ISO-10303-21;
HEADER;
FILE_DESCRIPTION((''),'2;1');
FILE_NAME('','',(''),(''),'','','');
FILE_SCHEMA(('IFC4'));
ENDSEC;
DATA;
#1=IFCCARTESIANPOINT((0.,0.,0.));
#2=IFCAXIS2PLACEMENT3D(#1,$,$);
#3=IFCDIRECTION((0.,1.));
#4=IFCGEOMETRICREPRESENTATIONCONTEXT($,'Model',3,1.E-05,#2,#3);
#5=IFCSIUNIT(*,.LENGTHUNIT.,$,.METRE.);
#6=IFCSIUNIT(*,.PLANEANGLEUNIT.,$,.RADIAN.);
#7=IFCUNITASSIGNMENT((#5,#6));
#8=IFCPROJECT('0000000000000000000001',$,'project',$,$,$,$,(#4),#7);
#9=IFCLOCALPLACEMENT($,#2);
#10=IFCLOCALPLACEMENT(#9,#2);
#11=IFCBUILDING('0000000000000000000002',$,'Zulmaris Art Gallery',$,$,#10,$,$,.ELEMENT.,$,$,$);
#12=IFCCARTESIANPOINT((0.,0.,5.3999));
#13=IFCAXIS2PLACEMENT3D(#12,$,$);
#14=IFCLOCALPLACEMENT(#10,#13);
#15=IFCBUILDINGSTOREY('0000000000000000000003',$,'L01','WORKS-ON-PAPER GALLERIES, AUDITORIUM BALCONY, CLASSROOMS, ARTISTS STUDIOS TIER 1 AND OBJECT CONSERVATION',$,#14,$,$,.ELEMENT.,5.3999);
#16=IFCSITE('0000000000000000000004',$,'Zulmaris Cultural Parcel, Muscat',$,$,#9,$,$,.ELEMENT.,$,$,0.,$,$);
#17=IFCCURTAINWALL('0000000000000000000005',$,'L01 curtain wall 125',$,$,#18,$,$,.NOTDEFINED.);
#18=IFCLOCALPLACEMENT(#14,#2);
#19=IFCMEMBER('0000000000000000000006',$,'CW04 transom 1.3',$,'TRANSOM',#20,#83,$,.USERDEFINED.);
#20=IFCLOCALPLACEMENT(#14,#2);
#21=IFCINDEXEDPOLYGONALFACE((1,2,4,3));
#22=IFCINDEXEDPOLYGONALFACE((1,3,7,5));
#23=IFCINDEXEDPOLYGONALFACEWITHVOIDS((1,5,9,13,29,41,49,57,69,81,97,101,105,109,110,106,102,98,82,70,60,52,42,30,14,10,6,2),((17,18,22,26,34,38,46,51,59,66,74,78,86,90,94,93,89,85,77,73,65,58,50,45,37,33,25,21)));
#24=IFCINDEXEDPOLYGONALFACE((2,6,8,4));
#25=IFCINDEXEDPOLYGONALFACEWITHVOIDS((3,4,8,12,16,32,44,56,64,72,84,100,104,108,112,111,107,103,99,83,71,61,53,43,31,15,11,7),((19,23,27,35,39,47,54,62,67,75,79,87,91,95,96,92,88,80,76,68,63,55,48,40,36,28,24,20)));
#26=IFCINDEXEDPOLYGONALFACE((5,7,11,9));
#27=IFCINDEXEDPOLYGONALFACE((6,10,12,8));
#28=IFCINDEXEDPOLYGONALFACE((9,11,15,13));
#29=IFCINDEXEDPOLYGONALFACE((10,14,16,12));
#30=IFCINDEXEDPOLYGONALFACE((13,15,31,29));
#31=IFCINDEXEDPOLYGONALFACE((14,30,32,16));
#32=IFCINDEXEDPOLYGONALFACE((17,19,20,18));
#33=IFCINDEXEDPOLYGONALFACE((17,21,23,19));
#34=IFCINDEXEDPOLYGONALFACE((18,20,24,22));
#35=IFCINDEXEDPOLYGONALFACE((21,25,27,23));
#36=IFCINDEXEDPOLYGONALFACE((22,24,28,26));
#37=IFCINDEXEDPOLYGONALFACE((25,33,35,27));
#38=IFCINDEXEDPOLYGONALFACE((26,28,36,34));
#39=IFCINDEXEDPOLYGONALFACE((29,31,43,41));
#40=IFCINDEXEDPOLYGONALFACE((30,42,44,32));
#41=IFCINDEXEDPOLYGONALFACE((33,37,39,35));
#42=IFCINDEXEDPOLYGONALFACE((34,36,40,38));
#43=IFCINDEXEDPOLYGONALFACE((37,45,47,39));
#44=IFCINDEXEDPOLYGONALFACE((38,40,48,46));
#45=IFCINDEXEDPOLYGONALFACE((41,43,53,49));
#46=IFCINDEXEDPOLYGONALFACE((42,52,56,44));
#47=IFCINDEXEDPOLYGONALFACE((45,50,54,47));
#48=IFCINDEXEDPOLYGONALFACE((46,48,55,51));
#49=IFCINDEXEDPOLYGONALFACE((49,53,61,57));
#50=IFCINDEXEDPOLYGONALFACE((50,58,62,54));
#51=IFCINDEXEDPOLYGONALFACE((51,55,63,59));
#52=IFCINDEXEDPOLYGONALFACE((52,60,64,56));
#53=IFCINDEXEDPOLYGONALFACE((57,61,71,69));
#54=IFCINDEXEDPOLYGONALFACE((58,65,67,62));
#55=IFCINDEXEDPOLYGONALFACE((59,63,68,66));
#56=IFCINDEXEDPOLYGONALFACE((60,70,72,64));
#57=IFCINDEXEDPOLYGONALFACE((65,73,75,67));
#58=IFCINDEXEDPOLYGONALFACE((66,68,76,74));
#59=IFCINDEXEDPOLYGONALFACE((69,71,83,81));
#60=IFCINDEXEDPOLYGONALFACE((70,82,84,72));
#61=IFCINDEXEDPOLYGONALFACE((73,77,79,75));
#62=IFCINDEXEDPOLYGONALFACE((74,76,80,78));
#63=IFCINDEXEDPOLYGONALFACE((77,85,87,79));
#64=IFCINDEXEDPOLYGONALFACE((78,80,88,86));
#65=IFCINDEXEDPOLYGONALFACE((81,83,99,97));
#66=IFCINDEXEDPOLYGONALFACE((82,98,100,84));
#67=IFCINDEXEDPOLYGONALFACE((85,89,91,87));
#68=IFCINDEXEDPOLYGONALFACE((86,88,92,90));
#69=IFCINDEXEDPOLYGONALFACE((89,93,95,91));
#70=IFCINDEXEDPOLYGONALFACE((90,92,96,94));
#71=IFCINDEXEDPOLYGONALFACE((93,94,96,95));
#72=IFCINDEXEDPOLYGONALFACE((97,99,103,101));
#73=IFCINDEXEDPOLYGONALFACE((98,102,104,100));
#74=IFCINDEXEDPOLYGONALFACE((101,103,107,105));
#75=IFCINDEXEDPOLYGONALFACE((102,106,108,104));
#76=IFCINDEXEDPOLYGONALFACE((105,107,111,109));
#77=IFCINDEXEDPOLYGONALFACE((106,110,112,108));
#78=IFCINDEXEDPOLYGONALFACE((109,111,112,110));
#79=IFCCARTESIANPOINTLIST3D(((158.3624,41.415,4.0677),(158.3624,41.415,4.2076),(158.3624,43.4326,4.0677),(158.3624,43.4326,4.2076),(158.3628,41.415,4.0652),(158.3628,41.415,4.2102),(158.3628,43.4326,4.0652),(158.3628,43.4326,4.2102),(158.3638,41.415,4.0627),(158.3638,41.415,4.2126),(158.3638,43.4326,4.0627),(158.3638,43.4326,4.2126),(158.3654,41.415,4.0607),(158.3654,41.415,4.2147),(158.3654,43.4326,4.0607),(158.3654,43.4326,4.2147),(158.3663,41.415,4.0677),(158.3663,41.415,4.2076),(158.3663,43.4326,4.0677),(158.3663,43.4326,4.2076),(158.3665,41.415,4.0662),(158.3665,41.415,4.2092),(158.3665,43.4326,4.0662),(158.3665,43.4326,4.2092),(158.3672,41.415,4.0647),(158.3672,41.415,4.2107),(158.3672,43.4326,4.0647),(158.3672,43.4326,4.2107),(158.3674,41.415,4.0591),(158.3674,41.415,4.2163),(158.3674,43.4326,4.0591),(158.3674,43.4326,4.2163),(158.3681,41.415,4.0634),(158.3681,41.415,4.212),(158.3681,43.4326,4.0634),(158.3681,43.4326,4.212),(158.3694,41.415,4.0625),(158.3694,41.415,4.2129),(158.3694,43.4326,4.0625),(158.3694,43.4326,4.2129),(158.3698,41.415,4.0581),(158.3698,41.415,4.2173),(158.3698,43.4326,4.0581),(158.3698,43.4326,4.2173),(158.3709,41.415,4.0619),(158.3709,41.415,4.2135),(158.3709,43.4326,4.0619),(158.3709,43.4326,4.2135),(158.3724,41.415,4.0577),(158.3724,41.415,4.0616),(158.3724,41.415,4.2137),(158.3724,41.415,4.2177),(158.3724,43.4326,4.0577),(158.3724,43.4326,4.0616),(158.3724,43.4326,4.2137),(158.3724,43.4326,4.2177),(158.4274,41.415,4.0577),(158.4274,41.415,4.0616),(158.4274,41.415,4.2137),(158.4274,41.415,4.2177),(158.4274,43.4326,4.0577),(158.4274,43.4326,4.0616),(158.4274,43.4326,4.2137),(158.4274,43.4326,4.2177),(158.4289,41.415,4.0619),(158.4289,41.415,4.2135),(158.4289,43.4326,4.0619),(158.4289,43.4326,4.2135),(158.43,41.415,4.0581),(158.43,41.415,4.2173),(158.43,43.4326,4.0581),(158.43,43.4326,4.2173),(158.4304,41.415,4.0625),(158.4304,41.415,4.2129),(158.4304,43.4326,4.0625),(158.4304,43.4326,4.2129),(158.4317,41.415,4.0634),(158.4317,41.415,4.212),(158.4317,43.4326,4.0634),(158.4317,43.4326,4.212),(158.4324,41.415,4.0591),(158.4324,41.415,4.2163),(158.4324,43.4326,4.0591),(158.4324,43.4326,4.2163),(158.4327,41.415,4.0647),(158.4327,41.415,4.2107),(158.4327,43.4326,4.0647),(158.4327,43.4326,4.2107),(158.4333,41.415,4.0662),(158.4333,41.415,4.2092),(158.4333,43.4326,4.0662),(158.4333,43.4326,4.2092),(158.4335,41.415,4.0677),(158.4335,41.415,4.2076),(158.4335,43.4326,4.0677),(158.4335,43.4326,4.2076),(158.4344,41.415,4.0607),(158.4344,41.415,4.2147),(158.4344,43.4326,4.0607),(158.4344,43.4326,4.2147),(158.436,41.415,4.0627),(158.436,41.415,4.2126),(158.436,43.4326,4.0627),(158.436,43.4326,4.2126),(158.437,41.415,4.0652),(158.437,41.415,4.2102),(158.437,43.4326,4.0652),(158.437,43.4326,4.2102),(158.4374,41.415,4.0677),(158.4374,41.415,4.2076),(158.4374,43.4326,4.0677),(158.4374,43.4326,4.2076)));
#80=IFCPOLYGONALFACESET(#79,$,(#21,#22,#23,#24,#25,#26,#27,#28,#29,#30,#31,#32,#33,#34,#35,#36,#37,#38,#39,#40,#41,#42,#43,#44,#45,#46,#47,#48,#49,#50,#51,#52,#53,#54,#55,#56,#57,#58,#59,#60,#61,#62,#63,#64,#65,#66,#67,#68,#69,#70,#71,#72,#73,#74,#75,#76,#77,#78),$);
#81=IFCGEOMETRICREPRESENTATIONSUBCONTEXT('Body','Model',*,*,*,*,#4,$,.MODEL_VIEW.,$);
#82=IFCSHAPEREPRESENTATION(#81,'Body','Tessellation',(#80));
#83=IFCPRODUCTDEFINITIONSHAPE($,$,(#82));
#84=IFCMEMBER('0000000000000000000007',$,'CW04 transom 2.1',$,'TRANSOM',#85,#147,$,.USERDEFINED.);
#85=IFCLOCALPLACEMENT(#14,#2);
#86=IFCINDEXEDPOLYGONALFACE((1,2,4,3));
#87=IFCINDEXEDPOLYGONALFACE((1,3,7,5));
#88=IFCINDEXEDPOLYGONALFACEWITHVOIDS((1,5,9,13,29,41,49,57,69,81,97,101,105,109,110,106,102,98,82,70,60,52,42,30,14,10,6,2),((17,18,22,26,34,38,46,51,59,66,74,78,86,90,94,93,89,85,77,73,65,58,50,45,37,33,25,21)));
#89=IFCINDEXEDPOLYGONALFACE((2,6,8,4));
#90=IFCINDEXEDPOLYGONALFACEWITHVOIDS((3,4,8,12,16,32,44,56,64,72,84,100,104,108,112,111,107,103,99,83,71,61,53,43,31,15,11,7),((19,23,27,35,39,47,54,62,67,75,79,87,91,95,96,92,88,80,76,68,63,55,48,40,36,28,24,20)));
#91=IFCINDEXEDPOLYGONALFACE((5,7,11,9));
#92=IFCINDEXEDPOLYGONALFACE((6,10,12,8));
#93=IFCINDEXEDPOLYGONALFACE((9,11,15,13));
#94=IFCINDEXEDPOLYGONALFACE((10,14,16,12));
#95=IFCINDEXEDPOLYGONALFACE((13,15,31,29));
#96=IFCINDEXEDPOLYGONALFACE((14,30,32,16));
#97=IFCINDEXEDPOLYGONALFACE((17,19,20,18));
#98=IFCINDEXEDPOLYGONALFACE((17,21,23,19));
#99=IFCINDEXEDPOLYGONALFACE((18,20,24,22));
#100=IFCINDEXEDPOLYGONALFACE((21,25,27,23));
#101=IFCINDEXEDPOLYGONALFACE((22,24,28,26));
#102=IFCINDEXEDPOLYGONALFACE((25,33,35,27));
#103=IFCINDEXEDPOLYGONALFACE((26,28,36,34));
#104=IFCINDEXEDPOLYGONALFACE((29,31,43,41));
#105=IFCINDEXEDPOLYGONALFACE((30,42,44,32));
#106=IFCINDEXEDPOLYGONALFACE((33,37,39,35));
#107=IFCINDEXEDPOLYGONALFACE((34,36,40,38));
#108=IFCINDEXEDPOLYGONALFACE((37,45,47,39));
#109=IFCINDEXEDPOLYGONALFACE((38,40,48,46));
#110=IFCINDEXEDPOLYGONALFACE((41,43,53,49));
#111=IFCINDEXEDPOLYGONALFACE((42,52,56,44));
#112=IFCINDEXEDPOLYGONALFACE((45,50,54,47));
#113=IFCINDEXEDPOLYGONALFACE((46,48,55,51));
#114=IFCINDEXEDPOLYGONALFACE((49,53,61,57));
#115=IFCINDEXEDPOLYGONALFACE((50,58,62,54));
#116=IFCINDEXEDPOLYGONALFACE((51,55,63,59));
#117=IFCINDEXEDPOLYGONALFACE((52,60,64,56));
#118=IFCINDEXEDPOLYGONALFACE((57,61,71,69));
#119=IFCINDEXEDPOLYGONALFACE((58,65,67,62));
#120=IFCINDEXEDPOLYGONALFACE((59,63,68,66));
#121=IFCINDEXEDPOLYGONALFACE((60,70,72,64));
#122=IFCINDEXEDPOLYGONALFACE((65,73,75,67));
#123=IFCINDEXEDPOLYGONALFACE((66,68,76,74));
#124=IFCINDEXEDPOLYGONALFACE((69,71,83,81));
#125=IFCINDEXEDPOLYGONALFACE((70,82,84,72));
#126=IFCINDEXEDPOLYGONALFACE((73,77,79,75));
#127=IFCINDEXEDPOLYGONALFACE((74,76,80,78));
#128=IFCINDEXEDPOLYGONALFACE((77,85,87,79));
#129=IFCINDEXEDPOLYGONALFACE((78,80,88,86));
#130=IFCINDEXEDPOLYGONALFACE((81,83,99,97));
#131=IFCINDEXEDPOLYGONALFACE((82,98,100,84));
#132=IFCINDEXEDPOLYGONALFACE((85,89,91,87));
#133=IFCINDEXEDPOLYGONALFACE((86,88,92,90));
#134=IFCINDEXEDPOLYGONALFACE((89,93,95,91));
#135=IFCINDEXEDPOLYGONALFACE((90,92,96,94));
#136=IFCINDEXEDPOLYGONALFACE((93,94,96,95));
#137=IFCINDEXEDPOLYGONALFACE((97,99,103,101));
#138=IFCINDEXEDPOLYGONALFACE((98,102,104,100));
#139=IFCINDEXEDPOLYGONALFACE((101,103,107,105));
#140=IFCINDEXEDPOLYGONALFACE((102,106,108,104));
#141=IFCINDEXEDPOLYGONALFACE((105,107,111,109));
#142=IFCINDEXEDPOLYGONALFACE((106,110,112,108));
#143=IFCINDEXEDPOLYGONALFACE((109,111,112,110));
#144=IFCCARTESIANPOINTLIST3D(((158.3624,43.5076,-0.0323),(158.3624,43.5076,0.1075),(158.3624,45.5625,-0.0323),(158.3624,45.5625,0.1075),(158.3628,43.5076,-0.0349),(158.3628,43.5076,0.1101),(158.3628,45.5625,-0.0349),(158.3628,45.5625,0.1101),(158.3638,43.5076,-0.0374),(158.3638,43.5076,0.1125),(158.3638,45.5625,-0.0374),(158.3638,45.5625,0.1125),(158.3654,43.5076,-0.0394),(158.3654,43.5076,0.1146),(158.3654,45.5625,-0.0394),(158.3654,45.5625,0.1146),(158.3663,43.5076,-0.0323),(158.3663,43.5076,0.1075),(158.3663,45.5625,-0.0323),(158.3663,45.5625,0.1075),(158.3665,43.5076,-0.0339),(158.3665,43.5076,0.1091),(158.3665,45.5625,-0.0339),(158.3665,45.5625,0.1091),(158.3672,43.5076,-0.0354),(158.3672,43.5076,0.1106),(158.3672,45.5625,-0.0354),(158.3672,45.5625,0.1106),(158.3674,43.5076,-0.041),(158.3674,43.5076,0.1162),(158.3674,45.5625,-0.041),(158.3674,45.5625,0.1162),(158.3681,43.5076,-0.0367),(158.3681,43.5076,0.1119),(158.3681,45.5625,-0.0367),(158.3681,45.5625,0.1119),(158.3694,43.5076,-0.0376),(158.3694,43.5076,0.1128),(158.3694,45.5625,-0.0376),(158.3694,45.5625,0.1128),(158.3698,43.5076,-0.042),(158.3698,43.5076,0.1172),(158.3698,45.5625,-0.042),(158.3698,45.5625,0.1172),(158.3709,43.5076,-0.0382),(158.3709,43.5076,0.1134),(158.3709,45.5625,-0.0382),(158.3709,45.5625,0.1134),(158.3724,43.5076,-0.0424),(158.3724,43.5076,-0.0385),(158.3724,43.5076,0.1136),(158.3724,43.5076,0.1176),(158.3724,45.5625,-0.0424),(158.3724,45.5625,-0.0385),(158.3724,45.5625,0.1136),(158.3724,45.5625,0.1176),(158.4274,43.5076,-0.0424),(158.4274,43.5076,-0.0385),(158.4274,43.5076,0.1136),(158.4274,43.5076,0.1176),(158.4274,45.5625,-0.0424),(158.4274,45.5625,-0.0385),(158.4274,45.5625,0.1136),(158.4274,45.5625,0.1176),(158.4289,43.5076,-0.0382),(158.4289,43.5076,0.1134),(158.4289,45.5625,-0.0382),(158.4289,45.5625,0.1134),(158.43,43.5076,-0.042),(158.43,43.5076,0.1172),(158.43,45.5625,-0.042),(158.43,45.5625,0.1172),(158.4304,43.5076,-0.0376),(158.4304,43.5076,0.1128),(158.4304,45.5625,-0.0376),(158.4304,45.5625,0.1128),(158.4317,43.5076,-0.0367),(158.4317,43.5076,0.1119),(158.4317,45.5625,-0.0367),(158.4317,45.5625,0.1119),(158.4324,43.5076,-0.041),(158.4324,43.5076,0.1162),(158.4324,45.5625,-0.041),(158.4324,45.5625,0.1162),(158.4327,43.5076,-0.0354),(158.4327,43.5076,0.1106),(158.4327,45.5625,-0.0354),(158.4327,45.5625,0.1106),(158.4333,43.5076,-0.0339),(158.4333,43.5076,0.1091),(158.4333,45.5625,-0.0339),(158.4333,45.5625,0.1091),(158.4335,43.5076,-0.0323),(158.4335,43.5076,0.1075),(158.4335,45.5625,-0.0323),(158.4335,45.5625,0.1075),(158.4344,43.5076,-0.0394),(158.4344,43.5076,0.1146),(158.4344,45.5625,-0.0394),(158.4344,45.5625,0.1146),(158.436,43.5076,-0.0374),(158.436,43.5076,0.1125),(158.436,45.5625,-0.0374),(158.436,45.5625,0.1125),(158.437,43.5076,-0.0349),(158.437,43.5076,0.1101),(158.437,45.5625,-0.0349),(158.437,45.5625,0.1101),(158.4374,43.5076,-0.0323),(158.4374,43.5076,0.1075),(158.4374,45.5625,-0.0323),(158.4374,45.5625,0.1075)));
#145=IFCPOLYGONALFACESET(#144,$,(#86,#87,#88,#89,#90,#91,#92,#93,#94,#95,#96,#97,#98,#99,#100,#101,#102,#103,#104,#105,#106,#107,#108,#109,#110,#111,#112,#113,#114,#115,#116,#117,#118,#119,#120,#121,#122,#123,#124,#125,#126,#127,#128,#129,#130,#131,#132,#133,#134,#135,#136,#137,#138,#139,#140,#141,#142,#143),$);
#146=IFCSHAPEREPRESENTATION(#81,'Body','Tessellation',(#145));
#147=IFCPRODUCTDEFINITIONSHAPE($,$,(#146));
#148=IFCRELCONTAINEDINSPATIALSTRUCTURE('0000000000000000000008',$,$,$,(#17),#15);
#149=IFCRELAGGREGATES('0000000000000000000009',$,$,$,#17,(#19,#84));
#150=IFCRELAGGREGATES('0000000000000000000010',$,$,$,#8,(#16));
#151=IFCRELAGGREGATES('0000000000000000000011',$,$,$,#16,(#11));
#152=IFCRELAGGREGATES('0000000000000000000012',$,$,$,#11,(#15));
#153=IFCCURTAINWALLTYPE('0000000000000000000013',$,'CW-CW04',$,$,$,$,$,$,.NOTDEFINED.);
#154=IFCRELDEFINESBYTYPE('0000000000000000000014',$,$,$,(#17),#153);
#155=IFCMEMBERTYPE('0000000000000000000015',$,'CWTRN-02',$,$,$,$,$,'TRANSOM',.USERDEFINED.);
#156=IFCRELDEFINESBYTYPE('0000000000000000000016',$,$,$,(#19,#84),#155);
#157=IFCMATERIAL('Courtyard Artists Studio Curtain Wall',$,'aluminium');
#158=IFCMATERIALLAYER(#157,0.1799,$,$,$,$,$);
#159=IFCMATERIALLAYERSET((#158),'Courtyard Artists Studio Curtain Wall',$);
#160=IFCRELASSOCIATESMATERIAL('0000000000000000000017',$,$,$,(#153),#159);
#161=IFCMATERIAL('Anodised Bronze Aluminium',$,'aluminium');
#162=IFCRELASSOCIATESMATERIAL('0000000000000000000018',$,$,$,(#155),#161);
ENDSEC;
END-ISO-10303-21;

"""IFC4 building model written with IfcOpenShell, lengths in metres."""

from ifc_helpers import new_model, si_unit, direction, frame, origin, origin_2d, place, context, subcontext, project, spatial, hollow_rectangle, extrude, material, layer, layer_set, material_profile, profile_set, type_object, element, aggregate, save


model = new_model("IFC4")

# Units and contexts
model_context = context("Model", 3, precision=1e-05, world=origin(), true_north=direction((0.0, 1.0)))
body_context = subcontext(model_context, "Body", "Model", "MODEL_VIEW")
ifc_project = project(units=[si_unit("LENGTHUNIT", "METRE"), si_unit("PLANEANGLEUNIT", "RADIAN")], contexts=[model_context])

# Site, building, storey
site_placement = place(None, origin())
site = spatial("IfcSite", under=ifc_project, at=site_placement, Name="Zulmaris Cultural Parcel, Muscat", CompositionType="ELEMENT", RefElevation=0.0)
building_placement = place(site_placement, origin())
building = spatial("IfcBuilding", under=site, at=building_placement, Name="Zulmaris Art Gallery", CompositionType="ELEMENT")
storey_placement = place(building_placement, frame((0.0, 0.0, 5.3999)))
storey = spatial("IfcBuildingStorey", under=building, at=storey_placement, Name="L01", Description="WORKS-ON-PAPER GALLERIES, AUDITORIUM BALCONY, CLASSROOMS, ARTISTS STUDIOS TIER 1 AND OBJECT CONSERVATION", CompositionType="ELEMENT", Elevation=5.3999)

# Curtain wall
ifc_material_1 = material(Name="Courtyard Artists Studio Curtain Wall", Category="aluminium")
ifc_layer_1 = layer(ifc_material_1, 0.1799)
ifc_layer_set_1 = layer_set([ifc_layer_1], Name="Courtyard Artists Studio Curtain Wall")
curtain_wall_type = type_object("IfcCurtainWallType", Name="CW-CW04", PredefinedType="NOTDEFINED", material=ifc_layer_set_1)
ifc_material_2 = material(Name="Anodised Bronze Aluminium", Category="aluminium")
curtain_wall_1_placement = place(storey_placement, origin())
curtain_wall_1 = element("IfcCurtainWall", 1, at=curtain_wall_1_placement, inside=storey, type_object=curtain_wall_type, Name="L01 curtain wall 125", PredefinedType="NOTDEFINED")

# Members
ifc_material_profile_1 = material_profile(ifc_material_2, hollow_rectangle(XDim=0.075, YDim=0.1599, WallThickness=0.0039, InnerFilletRadius=0.0061, OuterFilletRadius=0.01, at=origin_2d()), Name="ALU 75x160x4")
ifc_profile_set_1 = profile_set([ifc_material_profile_1], Name="Anodised Bronze Aluminium")
member_type_1 = type_object("IfcMemberType", Name="CWTRN-02", ElementType="TRANSOM", PredefinedType="USERDEFINED", material=ifc_profile_set_1)
member_1_placement = place(storey_placement, frame((158.3999, 41.415, 4.1377), z_axis=(0.0, 1.0, 0.0), x_axis=(-1.0, 0.0, 0.0)))
member_1 = element("IfcMember", 2, at=member_1_placement, type_object=member_type_1, Name="CW04 transom 1.3", ObjectType="TRANSOM", PredefinedType="USERDEFINED", context=body_context, shape_type="SweptSolid", body=[
    extrude(hollow_rectangle(XDim=0.075, YDim=0.1599, WallThickness=0.0039, InnerFilletRadius=0.0061, OuterFilletRadius=0.01, at=origin_2d()), origin(), (0.0, 0.0, 1.0), 2.0176),
])
member_2_placement = place(storey_placement, frame((158.3999, 43.5076, 0.0376), z_axis=(0.0, 1.0, 0.0), x_axis=(-1.0, 0.0, 0.0)))
member_2 = element("IfcMember", 3, at=member_2_placement, type_object=member_type_1, Name="CW04 transom 2.1", ObjectType="TRANSOM", PredefinedType="USERDEFINED", context=body_context, shape_type="SweptSolid", body=[
    extrude(hollow_rectangle(XDim=0.075, YDim=0.1599, WallThickness=0.0039, InnerFilletRadius=0.0061, OuterFilletRadius=0.01, at=origin_2d()), origin(), (0.0, 0.0, 1.0), 2.0549),
])

aggregate(curtain_wall_1, [member_1, member_2])

save(model, "model.ifc")
